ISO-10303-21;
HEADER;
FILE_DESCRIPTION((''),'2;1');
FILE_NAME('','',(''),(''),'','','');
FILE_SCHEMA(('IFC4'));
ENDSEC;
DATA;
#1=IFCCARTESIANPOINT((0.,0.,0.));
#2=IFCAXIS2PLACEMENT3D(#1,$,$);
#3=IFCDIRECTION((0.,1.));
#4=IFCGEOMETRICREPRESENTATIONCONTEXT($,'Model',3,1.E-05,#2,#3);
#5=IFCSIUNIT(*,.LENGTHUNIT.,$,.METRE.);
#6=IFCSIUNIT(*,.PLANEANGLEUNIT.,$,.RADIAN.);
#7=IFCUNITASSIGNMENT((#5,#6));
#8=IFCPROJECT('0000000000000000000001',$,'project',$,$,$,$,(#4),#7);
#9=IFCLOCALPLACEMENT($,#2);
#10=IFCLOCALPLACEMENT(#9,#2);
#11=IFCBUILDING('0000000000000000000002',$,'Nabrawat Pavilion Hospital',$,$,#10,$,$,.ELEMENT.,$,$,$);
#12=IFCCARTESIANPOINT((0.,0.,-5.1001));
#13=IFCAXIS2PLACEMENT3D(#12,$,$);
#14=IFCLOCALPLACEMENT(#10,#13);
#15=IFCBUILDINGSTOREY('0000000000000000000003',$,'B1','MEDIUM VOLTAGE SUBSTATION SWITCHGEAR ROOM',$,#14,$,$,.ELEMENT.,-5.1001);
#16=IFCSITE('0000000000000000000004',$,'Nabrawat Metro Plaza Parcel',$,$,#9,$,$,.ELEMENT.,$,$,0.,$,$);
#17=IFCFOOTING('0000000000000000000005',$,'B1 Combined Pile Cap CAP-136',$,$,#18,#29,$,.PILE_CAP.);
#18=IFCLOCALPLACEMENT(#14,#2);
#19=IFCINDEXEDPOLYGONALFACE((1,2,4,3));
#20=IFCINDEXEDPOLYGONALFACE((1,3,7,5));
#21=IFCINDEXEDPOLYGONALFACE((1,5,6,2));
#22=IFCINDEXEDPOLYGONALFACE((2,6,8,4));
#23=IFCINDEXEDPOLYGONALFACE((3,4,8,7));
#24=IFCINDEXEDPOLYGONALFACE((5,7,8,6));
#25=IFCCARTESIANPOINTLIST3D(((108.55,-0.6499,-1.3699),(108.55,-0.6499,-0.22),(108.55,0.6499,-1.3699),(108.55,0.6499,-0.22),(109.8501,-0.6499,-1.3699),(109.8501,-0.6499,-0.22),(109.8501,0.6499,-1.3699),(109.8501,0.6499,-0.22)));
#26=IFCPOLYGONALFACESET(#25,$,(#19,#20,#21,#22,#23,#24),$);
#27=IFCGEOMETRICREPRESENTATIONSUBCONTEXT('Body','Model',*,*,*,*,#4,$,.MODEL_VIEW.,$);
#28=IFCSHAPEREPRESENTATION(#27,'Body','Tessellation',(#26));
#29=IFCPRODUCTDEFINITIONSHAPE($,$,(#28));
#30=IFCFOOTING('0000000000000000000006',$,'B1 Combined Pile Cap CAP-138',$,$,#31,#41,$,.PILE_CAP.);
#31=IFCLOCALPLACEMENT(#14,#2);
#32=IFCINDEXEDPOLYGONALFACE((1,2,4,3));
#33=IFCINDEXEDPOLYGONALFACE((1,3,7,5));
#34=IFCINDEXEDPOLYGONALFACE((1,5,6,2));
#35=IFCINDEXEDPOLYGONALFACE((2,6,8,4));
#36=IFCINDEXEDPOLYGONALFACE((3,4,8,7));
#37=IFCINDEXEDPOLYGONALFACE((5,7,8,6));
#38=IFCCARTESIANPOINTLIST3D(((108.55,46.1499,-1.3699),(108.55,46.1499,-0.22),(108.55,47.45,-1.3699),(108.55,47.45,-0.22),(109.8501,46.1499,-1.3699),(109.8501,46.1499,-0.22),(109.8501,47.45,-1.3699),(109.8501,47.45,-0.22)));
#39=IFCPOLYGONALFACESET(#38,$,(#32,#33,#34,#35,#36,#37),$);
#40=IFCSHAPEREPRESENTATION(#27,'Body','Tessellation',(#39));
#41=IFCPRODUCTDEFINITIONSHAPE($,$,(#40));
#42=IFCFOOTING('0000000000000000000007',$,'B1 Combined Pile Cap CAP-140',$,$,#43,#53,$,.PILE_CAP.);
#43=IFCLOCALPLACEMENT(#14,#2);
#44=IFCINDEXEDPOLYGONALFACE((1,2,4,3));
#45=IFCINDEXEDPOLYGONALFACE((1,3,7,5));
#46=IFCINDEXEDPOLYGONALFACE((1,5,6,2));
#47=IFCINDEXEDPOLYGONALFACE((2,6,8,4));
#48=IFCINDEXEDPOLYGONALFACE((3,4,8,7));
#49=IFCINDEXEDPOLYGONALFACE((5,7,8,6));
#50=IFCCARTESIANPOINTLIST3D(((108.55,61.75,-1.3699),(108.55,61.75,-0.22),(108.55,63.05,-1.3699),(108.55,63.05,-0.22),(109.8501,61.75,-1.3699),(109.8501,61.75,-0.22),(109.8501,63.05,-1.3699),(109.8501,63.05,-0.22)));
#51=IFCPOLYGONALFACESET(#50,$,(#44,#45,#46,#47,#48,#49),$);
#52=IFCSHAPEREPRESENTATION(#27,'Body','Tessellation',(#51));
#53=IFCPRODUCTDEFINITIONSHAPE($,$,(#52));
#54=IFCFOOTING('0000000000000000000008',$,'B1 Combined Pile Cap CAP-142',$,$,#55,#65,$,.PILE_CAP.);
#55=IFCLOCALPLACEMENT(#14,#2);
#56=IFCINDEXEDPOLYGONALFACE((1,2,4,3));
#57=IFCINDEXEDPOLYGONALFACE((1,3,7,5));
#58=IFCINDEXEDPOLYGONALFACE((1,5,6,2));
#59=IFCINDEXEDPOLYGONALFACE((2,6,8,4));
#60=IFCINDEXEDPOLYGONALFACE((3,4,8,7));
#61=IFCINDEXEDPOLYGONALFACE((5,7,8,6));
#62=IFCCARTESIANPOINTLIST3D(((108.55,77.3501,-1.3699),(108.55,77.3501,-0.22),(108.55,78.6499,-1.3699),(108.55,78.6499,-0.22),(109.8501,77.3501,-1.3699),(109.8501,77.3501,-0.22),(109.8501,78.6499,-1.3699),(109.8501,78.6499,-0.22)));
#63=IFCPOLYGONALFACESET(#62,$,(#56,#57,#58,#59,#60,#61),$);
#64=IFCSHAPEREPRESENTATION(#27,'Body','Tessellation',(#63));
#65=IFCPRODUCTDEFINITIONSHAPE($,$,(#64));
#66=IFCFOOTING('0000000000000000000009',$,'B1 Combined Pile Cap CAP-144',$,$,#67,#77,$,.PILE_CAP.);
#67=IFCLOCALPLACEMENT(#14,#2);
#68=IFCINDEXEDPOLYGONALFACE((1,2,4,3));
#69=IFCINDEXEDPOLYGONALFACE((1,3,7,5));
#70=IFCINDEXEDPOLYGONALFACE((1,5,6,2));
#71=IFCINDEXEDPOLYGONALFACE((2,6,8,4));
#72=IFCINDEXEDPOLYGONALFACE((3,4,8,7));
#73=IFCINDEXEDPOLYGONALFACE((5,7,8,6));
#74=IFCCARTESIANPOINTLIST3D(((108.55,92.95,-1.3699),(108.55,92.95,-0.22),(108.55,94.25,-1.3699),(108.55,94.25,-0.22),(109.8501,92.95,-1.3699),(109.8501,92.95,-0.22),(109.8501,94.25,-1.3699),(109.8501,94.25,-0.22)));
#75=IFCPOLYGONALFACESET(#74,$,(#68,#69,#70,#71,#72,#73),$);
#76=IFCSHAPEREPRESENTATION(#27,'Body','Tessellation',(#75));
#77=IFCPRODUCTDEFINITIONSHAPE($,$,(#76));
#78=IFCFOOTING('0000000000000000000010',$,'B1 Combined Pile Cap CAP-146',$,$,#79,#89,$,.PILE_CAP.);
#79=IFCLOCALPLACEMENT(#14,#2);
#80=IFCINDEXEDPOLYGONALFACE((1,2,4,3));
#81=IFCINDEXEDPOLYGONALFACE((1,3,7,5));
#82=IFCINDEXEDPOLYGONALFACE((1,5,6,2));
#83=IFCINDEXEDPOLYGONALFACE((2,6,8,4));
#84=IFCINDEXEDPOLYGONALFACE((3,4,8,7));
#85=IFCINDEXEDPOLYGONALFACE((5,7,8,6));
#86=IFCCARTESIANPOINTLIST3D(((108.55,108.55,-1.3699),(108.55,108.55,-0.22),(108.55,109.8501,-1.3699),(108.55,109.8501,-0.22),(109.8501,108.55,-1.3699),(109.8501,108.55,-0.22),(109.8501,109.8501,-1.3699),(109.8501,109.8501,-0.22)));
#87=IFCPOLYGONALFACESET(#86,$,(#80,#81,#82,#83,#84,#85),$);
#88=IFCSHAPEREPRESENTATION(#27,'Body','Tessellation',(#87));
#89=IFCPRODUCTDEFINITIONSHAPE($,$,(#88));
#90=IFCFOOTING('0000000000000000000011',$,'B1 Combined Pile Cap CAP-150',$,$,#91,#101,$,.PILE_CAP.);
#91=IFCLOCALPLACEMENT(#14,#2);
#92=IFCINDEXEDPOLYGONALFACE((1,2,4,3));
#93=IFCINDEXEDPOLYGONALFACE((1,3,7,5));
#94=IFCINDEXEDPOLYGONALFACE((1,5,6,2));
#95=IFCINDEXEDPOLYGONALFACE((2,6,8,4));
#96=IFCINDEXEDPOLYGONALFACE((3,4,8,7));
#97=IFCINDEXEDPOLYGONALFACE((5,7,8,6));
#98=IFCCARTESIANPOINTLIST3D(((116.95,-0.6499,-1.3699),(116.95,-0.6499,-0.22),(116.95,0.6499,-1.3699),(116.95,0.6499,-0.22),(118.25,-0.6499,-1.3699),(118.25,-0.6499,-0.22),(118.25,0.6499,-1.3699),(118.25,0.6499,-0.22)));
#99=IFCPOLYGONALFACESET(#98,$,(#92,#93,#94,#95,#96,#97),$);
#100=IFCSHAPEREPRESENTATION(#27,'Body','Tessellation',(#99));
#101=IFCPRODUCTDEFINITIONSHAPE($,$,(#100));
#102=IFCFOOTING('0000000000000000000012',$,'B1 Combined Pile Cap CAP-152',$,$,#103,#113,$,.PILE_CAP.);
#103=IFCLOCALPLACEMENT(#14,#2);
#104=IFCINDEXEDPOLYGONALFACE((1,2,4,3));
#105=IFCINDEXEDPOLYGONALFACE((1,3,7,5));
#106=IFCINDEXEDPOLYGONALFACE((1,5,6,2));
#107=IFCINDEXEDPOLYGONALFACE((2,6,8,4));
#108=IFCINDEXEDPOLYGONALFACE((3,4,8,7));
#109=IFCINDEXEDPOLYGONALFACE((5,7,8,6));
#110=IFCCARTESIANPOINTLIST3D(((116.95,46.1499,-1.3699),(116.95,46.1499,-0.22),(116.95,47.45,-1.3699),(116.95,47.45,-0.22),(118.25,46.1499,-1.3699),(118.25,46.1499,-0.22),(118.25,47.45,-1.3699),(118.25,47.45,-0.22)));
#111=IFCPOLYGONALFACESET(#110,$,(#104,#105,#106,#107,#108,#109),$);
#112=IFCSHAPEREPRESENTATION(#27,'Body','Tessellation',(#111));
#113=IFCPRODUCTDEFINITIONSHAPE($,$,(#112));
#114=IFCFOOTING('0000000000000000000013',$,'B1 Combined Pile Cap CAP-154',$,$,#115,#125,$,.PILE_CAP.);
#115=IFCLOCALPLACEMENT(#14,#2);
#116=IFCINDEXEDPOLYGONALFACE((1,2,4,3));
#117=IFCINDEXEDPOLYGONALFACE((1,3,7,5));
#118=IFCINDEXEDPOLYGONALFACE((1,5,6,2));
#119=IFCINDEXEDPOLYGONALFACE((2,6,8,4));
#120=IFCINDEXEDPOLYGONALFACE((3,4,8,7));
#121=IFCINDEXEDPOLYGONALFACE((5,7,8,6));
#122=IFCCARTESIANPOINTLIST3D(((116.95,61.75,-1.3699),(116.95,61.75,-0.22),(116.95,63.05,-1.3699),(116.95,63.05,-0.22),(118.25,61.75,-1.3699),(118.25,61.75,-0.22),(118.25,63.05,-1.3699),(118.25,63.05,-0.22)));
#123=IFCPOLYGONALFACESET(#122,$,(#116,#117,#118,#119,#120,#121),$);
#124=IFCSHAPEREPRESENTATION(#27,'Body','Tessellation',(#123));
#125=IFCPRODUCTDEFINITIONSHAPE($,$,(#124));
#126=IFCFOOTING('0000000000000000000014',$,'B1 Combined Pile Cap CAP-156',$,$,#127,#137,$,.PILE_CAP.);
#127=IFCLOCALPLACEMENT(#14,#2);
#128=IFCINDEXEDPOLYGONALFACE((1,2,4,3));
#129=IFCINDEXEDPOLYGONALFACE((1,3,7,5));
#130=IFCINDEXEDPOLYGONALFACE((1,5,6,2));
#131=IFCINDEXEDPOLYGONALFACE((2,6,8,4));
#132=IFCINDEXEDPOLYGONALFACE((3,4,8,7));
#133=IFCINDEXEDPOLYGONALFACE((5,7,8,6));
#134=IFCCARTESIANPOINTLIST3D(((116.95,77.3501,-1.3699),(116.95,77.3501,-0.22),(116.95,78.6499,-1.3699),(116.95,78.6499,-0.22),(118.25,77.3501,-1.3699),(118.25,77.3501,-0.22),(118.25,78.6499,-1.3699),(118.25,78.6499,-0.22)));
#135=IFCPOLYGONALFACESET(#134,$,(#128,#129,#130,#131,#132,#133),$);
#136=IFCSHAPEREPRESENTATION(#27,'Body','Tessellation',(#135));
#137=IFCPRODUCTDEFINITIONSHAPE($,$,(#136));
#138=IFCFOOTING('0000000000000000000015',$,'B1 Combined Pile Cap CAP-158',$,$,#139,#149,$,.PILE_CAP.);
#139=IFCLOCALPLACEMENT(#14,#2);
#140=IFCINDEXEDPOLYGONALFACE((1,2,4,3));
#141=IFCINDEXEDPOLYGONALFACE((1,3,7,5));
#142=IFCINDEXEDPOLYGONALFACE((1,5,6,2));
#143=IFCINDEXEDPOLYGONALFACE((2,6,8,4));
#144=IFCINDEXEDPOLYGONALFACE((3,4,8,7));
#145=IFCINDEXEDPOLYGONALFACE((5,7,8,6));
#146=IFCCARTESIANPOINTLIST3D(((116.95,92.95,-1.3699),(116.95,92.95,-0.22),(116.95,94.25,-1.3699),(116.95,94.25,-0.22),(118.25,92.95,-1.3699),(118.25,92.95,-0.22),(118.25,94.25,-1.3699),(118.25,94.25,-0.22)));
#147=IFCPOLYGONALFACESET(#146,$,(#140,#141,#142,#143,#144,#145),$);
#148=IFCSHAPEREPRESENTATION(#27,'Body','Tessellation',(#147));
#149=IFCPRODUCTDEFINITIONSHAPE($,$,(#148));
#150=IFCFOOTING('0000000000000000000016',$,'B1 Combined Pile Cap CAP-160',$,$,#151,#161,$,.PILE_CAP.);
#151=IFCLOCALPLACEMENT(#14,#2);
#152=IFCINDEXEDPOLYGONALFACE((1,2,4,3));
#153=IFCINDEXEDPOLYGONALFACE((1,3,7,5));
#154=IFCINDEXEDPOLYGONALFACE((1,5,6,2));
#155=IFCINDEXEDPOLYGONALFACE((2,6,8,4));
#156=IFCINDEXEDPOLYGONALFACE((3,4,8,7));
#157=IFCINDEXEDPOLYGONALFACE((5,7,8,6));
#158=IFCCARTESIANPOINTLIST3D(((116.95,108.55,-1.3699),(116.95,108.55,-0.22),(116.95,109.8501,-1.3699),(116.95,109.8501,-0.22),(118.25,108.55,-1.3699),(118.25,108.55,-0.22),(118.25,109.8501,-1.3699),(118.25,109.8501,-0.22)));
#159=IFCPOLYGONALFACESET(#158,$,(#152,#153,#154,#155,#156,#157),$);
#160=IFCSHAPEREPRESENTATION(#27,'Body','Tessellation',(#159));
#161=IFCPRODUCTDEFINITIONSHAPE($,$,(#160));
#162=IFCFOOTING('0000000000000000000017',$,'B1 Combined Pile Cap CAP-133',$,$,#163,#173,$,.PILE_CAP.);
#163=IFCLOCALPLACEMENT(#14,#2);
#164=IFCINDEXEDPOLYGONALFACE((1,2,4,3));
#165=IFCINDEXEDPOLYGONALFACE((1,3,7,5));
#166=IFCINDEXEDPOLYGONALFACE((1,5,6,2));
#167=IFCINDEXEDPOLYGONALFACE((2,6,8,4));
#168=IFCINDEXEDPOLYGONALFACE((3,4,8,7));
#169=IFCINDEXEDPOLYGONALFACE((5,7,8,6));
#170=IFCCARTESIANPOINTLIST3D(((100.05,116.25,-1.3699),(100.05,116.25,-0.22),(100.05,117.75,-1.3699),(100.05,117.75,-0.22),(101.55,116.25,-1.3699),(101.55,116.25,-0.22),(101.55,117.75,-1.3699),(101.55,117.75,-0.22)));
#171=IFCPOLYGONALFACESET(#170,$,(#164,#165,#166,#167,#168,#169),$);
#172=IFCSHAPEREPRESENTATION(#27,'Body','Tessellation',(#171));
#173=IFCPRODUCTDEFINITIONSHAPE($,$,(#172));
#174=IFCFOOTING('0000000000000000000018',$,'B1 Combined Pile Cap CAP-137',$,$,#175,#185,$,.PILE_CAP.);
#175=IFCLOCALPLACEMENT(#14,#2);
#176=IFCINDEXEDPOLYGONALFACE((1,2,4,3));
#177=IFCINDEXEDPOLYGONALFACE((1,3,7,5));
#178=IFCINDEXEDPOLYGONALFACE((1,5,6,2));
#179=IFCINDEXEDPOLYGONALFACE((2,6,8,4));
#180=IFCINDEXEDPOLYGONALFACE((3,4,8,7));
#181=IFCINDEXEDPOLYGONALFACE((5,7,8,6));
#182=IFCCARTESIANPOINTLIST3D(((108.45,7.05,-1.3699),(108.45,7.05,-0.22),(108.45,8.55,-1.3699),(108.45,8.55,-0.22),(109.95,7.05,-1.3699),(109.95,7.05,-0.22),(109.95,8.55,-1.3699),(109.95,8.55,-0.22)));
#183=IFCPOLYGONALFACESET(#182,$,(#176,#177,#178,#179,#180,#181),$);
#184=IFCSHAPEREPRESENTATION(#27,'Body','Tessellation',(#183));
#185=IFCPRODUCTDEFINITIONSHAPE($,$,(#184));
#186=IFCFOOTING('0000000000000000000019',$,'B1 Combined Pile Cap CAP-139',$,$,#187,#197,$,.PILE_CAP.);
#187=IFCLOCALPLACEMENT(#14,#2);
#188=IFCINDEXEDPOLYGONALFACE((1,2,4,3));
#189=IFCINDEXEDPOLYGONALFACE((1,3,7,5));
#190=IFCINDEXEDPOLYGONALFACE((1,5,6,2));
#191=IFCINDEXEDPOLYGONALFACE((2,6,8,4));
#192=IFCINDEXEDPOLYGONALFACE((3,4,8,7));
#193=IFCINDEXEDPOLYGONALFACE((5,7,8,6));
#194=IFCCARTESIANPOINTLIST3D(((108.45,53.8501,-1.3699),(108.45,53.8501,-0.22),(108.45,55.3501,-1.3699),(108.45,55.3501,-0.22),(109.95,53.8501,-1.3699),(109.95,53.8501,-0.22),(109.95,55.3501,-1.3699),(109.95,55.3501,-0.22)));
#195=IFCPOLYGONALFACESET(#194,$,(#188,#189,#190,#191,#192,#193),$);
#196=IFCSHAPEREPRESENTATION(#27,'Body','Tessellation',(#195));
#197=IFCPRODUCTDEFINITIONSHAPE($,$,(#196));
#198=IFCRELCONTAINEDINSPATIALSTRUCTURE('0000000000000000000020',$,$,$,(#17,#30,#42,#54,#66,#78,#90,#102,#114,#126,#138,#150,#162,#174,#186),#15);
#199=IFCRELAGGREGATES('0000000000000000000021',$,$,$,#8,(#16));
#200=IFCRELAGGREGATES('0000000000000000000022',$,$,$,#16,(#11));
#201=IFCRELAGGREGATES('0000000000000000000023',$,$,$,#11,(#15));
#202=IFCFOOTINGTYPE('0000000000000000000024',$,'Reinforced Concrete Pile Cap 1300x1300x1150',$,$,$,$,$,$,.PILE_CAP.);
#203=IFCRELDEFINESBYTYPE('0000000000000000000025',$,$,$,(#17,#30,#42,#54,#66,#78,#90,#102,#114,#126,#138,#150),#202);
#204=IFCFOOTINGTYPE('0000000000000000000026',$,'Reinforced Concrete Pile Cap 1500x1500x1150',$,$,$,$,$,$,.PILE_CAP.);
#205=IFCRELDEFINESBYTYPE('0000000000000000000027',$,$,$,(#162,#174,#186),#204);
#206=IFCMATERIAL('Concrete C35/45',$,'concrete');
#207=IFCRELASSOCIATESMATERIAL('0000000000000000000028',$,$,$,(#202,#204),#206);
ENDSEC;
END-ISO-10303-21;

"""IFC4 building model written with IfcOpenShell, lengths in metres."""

from ifc_helpers import new_model, si_unit, direction, frame, origin, place, context, subcontext, project, spatial, polyline, outline, extrude, material, type_object, element, save


model = new_model("IFC4")

# Units and contexts
model_context = context("Model", 3, precision=1e-05, world=origin(), true_north=direction((0.0, 1.0)))
body_context = subcontext(model_context, "Body", "Model", "MODEL_VIEW")
ifc_project = project(units=[si_unit("LENGTHUNIT", "METRE"), si_unit("PLANEANGLEUNIT", "RADIAN")], contexts=[model_context])

# Site, building, storey
site_placement = place(None, origin())
site = spatial("IfcSite", under=ifc_project, at=site_placement, Name="Nabrawat Metro Plaza Parcel", CompositionType="ELEMENT", RefElevation=0.0)
building_placement = place(site_placement, origin())
building = spatial("IfcBuilding", under=site, at=building_placement, Name="Nabrawat Pavilion Hospital", CompositionType="ELEMENT")
storey_placement = place(building_placement, frame((0.0, 0.0, -5.1001)))
storey = spatial("IfcBuildingStorey", under=building, at=storey_placement, Name="B1", Description="MEDIUM VOLTAGE SUBSTATION SWITCHGEAR ROOM", CompositionType="ELEMENT", Elevation=-5.1001)

# Footings
ifc_material = material(Name="Concrete C35/45", Category="concrete")
footing_type_1 = type_object("IfcFootingType", Name="Reinforced Concrete Pile Cap 1300x1300x1150", PredefinedType="PILE_CAP", material=ifc_material)
footing_1_placement = place(storey_placement, frame((0.0, 0.0, -1.3699)))
element("IfcFooting", 1, at=footing_1_placement, inside=storey, type_object=footing_type_1, Name="B1 Combined Pile Cap CAP-136", PredefinedType="PILE_CAP", context=body_context, shape_type="SweptSolid", body=[
    extrude(outline(polyline([(109.8501, -0.6499), (109.8501, 0.6499), (108.55, 0.6499), (108.55, -0.6499), (109.8501, -0.6499)])), origin(), (0.0, 0.0, 1.0), 1.1499),
])
footing_2_placement = place(storey_placement, frame((0.0, 0.0, -1.3699)))
element("IfcFooting", 2, at=footing_2_placement, inside=storey, type_object=footing_type_1, Name="B1 Combined Pile Cap CAP-138", PredefinedType="PILE_CAP", context=body_context, shape_type="SweptSolid", body=[
    extrude(outline(polyline([(109.8501, 46.1499), (109.8501, 47.45), (108.55, 47.45), (108.55, 46.1499), (109.8501, 46.1499)])), origin(), (0.0, 0.0, 1.0), 1.1499),
])
footing_3_placement = place(storey_placement, frame((0.0, 0.0, -1.3699)))
element("IfcFooting", 3, at=footing_3_placement, inside=storey, type_object=footing_type_1, Name="B1 Combined Pile Cap CAP-140", PredefinedType="PILE_CAP", context=body_context, shape_type="SweptSolid", body=[
    extrude(outline(polyline([(109.8501, 61.75), (109.8501, 63.05), (108.55, 63.05), (108.55, 61.75), (109.8501, 61.75)])), origin(), (0.0, 0.0, 1.0), 1.1499),
])
footing_4_placement = place(storey_placement, frame((0.0, 0.0, -1.3699)))
element("IfcFooting", 4, at=footing_4_placement, inside=storey, type_object=footing_type_1, Name="B1 Combined Pile Cap CAP-142", PredefinedType="PILE_CAP", context=body_context, shape_type="SweptSolid", body=[
    extrude(outline(polyline([(109.8501, 77.3501), (109.8501, 78.6499), (108.55, 78.6499), (108.55, 77.3501), (109.8501, 77.3501)])), origin(), (0.0, 0.0, 1.0), 1.1499),
])
footing_5_placement = place(storey_placement, frame((0.0, 0.0, -1.3699)))
element("IfcFooting", 5, at=footing_5_placement, inside=storey, type_object=footing_type_1, Name="B1 Combined Pile Cap CAP-144", PredefinedType="PILE_CAP", context=body_context, shape_type="SweptSolid", body=[
    extrude(outline(polyline([(109.8501, 92.95), (109.8501, 94.25), (108.55, 94.25), (108.55, 92.95), (109.8501, 92.95)])), origin(), (0.0, 0.0, 1.0), 1.1499),
])
footing_6_placement = place(storey_placement, frame((0.0, 0.0, -1.3699)))
element("IfcFooting", 6, at=footing_6_placement, inside=storey, type_object=footing_type_1, Name="B1 Combined Pile Cap CAP-146", PredefinedType="PILE_CAP", context=body_context, shape_type="SweptSolid", body=[
    extrude(outline(polyline([(109.8501, 108.55), (109.8501, 109.8501), (108.55, 109.8501), (108.55, 108.55), (109.8501, 108.55)])), origin(), (0.0, 0.0, 1.0), 1.1499),
])
footing_7_placement = place(storey_placement, frame((0.0, 0.0, -1.3699)))
element("IfcFooting", 7, at=footing_7_placement, inside=storey, type_object=footing_type_1, Name="B1 Combined Pile Cap CAP-150", PredefinedType="PILE_CAP", context=body_context, shape_type="SweptSolid", body=[
    extrude(outline(polyline([(118.25, -0.6499), (118.25, 0.6499), (116.95, 0.6499), (116.95, -0.6499), (118.25, -0.6499)])), origin(), (0.0, 0.0, 1.0), 1.1499),
])
footing_8_placement = place(storey_placement, frame((0.0, 0.0, -1.3699)))
element("IfcFooting", 8, at=footing_8_placement, inside=storey, type_object=footing_type_1, Name="B1 Combined Pile Cap CAP-152", PredefinedType="PILE_CAP", context=body_context, shape_type="SweptSolid", body=[
    extrude(outline(polyline([(118.25, 46.1499), (118.25, 47.45), (116.95, 47.45), (116.95, 46.1499), (118.25, 46.1499)])), origin(), (0.0, 0.0, 1.0), 1.1499),
])
footing_9_placement = place(storey_placement, frame((0.0, 0.0, -1.3699)))
element("IfcFooting", 9, at=footing_9_placement, inside=storey, type_object=footing_type_1, Name="B1 Combined Pile Cap CAP-154", PredefinedType="PILE_CAP", context=body_context, shape_type="SweptSolid", body=[
    extrude(outline(polyline([(118.25, 61.75), (118.25, 63.05), (116.95, 63.05), (116.95, 61.75), (118.25, 61.75)])), origin(), (0.0, 0.0, 1.0), 1.1499),
])
footing_10_placement = place(storey_placement, frame((0.0, 0.0, -1.3699)))
element("IfcFooting", 10, at=footing_10_placement, inside=storey, type_object=footing_type_1, Name="B1 Combined Pile Cap CAP-156", PredefinedType="PILE_CAP", context=body_context, shape_type="SweptSolid", body=[
    extrude(outline(polyline([(118.25, 77.3501), (118.25, 78.6499), (116.95, 78.6499), (116.95, 77.3501), (118.25, 77.3501)])), origin(), (0.0, 0.0, 1.0), 1.1499),
])
footing_11_placement = place(storey_placement, frame((0.0, 0.0, -1.3699)))
element("IfcFooting", 11, at=footing_11_placement, inside=storey, type_object=footing_type_1, Name="B1 Combined Pile Cap CAP-158", PredefinedType="PILE_CAP", context=body_context, shape_type="SweptSolid", body=[
    extrude(outline(polyline([(118.25, 92.95), (118.25, 94.25), (116.95, 94.25), (116.95, 92.95), (118.25, 92.95)])), origin(), (0.0, 0.0, 1.0), 1.1499),
])
footing_12_placement = place(storey_placement, frame((0.0, 0.0, -1.3699)))
element("IfcFooting", 12, at=footing_12_placement, inside=storey, type_object=footing_type_1, Name="B1 Combined Pile Cap CAP-160", PredefinedType="PILE_CAP", context=body_context, shape_type="SweptSolid", body=[
    extrude(outline(polyline([(118.25, 108.55), (118.25, 109.8501), (116.95, 109.8501), (116.95, 108.55), (118.25, 108.55)])), origin(), (0.0, 0.0, 1.0), 1.1499),
])
footing_type_2 = type_object("IfcFootingType", Name="Reinforced Concrete Pile Cap 1500x1500x1150", PredefinedType="PILE_CAP", material=ifc_material)
footing_13_placement = place(storey_placement, frame((0.0, 0.0, -1.3699)))
element("IfcFooting", 13, at=footing_13_placement, inside=storey, type_object=footing_type_2, Name="B1 Combined Pile Cap CAP-133", PredefinedType="PILE_CAP", context=body_context, shape_type="SweptSolid", body=[
    extrude(outline(polyline([(101.55, 116.25), (101.55, 117.75), (100.05, 117.75), (100.05, 116.25), (101.55, 116.25)])), origin(), (0.0, 0.0, 1.0), 1.1499),
])
footing_14_placement = place(storey_placement, frame((0.0, 0.0, -1.3699)))
element("IfcFooting", 14, at=footing_14_placement, inside=storey, type_object=footing_type_2, Name="B1 Combined Pile Cap CAP-137", PredefinedType="PILE_CAP", context=body_context, shape_type="SweptSolid", body=[
    extrude(outline(polyline([(109.95, 7.05), (109.95, 8.55), (108.45, 8.55), (108.45, 7.05), (109.95, 7.05)])), origin(), (0.0, 0.0, 1.0), 1.1499),
])
footing_15_placement = place(storey_placement, frame((0.0, 0.0, -1.3699)))
element("IfcFooting", 15, at=footing_15_placement, inside=storey, type_object=footing_type_2, Name="B1 Combined Pile Cap CAP-139", PredefinedType="PILE_CAP", context=body_context, shape_type="SweptSolid", body=[
    extrude(outline(polyline([(109.95, 53.8501), (109.95, 55.3501), (108.45, 55.3501), (108.45, 53.8501), (109.95, 53.8501)])), origin(), (0.0, 0.0, 1.0), 1.1499),
])

save(model, "model.ifc")
